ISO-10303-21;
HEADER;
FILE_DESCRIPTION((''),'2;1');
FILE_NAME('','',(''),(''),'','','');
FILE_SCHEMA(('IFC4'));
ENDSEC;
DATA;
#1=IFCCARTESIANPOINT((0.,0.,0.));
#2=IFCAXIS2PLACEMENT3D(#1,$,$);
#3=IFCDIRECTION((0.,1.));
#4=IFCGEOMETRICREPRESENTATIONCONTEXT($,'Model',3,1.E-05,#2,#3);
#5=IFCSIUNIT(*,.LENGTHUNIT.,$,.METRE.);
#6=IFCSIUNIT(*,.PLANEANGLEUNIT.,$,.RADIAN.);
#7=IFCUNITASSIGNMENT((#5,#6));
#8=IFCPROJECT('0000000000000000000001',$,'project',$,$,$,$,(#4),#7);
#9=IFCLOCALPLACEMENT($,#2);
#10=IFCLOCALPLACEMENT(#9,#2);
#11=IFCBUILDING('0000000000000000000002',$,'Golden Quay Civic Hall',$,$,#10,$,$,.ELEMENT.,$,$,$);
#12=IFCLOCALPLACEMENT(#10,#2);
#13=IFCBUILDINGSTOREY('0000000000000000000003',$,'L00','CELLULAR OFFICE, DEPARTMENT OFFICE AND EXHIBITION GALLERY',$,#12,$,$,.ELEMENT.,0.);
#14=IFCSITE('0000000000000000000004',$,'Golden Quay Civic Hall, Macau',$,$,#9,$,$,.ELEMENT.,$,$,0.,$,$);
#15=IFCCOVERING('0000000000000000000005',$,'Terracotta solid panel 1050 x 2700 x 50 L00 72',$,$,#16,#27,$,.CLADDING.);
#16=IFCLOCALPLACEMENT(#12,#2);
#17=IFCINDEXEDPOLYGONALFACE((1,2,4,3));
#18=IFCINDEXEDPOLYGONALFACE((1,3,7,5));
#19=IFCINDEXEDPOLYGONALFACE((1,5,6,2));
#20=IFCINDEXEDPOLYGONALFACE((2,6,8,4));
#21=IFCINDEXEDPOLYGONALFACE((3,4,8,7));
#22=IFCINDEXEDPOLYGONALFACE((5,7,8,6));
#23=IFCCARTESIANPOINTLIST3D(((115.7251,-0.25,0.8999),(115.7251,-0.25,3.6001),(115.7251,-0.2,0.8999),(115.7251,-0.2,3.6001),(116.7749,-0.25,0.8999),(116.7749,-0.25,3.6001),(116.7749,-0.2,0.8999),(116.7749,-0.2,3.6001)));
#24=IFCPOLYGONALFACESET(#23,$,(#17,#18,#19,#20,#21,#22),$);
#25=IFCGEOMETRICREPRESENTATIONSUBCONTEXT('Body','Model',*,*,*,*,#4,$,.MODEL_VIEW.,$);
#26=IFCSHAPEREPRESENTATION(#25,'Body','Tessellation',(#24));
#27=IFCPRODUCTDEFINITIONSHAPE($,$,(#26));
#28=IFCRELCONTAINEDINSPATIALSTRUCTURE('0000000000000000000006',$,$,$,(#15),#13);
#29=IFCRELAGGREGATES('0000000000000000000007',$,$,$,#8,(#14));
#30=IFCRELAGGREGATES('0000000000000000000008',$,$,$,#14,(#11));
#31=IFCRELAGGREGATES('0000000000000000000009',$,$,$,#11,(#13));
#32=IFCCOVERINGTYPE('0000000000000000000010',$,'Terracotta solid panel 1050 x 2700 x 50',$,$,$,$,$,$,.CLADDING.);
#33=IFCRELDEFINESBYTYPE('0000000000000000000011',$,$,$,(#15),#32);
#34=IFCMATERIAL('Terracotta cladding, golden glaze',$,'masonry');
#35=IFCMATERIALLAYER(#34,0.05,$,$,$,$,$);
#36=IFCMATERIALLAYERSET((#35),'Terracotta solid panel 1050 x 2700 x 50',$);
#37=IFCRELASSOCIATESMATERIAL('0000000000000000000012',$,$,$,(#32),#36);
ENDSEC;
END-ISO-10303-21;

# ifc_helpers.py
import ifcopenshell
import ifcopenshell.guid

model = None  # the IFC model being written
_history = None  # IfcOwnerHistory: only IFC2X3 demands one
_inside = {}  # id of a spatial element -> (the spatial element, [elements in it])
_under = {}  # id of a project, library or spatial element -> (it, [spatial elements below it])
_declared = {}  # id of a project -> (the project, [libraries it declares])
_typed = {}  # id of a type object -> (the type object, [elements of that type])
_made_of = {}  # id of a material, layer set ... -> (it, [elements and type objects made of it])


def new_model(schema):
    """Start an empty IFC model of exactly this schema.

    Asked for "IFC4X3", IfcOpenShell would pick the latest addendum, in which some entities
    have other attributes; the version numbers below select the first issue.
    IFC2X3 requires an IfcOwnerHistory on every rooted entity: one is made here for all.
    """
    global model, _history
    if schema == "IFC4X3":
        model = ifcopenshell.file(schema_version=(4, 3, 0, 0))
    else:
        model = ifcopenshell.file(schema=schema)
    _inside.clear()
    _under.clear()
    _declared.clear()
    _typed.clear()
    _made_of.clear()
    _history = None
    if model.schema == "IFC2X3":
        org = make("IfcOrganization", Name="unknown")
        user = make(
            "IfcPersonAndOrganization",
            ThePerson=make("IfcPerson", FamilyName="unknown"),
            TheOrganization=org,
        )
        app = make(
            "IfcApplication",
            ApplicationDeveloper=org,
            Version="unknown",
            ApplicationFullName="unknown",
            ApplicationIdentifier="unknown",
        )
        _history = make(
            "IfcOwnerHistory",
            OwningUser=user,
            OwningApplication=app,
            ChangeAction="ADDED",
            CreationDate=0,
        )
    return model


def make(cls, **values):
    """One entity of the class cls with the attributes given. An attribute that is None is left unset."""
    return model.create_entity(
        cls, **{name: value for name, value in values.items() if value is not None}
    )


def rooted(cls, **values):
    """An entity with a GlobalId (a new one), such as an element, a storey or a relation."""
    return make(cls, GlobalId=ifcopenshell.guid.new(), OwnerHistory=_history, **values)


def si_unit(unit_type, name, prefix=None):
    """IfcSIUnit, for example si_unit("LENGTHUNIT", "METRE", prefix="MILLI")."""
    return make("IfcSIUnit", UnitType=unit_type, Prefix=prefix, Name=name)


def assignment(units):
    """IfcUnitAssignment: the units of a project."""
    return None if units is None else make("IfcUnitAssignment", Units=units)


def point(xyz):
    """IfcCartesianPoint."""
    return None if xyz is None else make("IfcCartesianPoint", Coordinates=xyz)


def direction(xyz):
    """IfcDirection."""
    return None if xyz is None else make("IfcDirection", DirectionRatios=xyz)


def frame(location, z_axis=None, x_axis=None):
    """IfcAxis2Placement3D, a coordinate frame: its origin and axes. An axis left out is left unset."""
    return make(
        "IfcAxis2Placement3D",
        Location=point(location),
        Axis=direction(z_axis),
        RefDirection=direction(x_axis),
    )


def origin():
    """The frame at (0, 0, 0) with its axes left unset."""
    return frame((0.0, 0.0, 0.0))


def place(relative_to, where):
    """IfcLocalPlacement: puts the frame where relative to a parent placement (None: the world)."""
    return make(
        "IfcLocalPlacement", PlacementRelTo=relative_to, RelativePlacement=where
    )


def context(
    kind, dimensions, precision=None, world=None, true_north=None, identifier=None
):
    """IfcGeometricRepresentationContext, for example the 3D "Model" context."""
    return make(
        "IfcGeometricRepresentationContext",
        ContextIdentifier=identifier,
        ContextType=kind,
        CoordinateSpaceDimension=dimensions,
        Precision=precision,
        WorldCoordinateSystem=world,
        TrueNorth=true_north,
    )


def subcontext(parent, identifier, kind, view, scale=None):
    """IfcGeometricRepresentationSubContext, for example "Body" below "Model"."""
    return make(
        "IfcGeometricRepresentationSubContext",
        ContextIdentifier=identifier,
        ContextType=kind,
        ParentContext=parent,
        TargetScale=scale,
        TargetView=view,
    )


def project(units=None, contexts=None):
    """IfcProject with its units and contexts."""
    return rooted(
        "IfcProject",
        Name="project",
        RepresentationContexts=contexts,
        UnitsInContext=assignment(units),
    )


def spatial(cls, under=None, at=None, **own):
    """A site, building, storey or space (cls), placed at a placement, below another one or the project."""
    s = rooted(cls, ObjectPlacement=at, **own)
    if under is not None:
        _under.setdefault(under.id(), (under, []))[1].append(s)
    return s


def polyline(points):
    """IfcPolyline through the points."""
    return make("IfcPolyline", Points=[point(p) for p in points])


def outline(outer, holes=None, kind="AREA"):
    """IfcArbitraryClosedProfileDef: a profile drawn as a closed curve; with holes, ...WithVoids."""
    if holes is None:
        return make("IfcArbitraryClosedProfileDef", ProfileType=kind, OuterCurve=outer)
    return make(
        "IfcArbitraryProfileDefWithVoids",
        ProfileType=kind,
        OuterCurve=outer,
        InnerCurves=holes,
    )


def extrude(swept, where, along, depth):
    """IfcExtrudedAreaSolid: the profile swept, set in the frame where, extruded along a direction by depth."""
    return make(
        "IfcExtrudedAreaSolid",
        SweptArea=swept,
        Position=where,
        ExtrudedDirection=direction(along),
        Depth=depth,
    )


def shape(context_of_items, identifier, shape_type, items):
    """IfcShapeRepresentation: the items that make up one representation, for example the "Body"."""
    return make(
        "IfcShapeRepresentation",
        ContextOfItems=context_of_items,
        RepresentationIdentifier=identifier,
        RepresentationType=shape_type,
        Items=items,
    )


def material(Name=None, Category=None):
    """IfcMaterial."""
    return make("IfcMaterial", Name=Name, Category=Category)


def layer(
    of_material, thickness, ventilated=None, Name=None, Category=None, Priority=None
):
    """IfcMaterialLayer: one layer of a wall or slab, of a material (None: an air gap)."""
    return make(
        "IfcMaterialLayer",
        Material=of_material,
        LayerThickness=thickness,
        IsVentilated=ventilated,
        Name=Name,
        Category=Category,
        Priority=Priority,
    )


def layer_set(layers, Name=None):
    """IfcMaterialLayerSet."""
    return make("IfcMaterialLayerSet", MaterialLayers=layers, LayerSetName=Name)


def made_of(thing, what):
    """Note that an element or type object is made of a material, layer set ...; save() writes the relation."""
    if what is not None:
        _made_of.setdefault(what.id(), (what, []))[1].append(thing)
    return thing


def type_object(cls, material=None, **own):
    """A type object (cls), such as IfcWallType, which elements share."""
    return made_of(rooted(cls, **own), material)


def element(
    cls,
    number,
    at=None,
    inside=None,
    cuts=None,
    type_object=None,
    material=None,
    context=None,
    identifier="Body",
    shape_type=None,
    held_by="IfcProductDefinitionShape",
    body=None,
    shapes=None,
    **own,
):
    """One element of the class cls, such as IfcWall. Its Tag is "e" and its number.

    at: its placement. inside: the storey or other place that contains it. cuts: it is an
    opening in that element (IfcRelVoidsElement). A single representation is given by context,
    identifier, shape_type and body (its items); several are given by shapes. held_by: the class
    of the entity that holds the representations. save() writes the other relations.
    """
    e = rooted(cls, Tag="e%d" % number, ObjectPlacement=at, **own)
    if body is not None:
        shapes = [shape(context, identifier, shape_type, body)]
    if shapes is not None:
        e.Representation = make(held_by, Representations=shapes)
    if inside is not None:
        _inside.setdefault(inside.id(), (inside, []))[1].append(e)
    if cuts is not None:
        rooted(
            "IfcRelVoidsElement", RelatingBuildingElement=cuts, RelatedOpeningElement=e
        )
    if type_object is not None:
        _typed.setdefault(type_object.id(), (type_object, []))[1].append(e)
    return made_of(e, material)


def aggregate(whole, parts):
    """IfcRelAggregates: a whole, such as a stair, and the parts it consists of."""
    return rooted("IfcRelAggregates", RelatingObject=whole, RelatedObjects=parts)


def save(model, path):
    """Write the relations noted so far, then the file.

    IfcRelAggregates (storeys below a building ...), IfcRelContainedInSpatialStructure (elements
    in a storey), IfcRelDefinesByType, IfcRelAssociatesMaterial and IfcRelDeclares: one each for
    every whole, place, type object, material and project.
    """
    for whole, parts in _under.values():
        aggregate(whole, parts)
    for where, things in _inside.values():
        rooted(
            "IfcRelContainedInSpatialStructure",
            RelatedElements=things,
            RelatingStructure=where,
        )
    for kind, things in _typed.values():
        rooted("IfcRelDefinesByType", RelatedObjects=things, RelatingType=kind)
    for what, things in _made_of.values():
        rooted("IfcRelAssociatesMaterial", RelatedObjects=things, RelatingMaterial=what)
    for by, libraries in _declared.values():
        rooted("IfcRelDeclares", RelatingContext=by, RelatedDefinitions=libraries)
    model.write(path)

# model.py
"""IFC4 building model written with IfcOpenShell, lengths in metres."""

from ifc_helpers import new_model, si_unit, direction, frame, origin, place, context, subcontext, project, spatial, polyline, outline, extrude, material, layer, layer_set, type_object, element, save


model = new_model("IFC4")

# Units and contexts
model_context = context("Model", 3, precision=1e-05, world=origin(), true_north=direction((0.0, 1.0)))
body_context = subcontext(model_context, "Body", "Model", "MODEL_VIEW")
ifc_project = project(units=[si_unit("LENGTHUNIT", "METRE"), si_unit("PLANEANGLEUNIT", "RADIAN")], contexts=[model_context])

# Site, building, storey
site_placement = place(None, origin())
site = spatial("IfcSite", under=ifc_project, at=site_placement, Name="Golden Quay Civic Hall, Macau", CompositionType="ELEMENT", RefElevation=0.0)
building_placement = place(site_placement, origin())
building = spatial("IfcBuilding", under=site, at=building_placement, Name="Golden Quay Civic Hall", CompositionType="ELEMENT")
storey_placement = place(building_placement, origin())
storey = spatial("IfcBuildingStorey", under=building, at=storey_placement, Name="L00", Description="CELLULAR OFFICE, DEPARTMENT OFFICE AND EXHIBITION GALLERY", CompositionType="ELEMENT", Elevation=0.0)

# Covering
ifc_material_1 = material(Name="Terracotta cladding, golden glaze", Category="masonry")
ifc_layer_1 = layer(ifc_material_1, 0.05)
ifc_layer_set_1 = layer_set([ifc_layer_1], Name="Terracotta solid panel 1050 x 2700 x 50")
covering_type_1 = type_object("IfcCoveringType", Name="Terracotta solid panel 1050 x 2700 x 50", PredefinedType="CLADDING", material=ifc_layer_set_1)
covering_1_placement = place(storey_placement, frame((0.0, 0.0, 0.8999)))
element("IfcCovering", 1, at=covering_1_placement, inside=storey, type_object=covering_type_1, Name="Terracotta solid panel 1050 x 2700 x 50 L00 72", PredefinedType="CLADDING", context=body_context, shape_type="SweptSolid", body=[
    extrude(outline(polyline([(115.7251, -0.2), (116.7749, -0.2), (116.7749, -0.25), (115.7251, -0.25), (115.7251, -0.2)])), origin(), (0.0, 0.0, 1.0), 2.7002),
])

save(model, "model.ifc")
